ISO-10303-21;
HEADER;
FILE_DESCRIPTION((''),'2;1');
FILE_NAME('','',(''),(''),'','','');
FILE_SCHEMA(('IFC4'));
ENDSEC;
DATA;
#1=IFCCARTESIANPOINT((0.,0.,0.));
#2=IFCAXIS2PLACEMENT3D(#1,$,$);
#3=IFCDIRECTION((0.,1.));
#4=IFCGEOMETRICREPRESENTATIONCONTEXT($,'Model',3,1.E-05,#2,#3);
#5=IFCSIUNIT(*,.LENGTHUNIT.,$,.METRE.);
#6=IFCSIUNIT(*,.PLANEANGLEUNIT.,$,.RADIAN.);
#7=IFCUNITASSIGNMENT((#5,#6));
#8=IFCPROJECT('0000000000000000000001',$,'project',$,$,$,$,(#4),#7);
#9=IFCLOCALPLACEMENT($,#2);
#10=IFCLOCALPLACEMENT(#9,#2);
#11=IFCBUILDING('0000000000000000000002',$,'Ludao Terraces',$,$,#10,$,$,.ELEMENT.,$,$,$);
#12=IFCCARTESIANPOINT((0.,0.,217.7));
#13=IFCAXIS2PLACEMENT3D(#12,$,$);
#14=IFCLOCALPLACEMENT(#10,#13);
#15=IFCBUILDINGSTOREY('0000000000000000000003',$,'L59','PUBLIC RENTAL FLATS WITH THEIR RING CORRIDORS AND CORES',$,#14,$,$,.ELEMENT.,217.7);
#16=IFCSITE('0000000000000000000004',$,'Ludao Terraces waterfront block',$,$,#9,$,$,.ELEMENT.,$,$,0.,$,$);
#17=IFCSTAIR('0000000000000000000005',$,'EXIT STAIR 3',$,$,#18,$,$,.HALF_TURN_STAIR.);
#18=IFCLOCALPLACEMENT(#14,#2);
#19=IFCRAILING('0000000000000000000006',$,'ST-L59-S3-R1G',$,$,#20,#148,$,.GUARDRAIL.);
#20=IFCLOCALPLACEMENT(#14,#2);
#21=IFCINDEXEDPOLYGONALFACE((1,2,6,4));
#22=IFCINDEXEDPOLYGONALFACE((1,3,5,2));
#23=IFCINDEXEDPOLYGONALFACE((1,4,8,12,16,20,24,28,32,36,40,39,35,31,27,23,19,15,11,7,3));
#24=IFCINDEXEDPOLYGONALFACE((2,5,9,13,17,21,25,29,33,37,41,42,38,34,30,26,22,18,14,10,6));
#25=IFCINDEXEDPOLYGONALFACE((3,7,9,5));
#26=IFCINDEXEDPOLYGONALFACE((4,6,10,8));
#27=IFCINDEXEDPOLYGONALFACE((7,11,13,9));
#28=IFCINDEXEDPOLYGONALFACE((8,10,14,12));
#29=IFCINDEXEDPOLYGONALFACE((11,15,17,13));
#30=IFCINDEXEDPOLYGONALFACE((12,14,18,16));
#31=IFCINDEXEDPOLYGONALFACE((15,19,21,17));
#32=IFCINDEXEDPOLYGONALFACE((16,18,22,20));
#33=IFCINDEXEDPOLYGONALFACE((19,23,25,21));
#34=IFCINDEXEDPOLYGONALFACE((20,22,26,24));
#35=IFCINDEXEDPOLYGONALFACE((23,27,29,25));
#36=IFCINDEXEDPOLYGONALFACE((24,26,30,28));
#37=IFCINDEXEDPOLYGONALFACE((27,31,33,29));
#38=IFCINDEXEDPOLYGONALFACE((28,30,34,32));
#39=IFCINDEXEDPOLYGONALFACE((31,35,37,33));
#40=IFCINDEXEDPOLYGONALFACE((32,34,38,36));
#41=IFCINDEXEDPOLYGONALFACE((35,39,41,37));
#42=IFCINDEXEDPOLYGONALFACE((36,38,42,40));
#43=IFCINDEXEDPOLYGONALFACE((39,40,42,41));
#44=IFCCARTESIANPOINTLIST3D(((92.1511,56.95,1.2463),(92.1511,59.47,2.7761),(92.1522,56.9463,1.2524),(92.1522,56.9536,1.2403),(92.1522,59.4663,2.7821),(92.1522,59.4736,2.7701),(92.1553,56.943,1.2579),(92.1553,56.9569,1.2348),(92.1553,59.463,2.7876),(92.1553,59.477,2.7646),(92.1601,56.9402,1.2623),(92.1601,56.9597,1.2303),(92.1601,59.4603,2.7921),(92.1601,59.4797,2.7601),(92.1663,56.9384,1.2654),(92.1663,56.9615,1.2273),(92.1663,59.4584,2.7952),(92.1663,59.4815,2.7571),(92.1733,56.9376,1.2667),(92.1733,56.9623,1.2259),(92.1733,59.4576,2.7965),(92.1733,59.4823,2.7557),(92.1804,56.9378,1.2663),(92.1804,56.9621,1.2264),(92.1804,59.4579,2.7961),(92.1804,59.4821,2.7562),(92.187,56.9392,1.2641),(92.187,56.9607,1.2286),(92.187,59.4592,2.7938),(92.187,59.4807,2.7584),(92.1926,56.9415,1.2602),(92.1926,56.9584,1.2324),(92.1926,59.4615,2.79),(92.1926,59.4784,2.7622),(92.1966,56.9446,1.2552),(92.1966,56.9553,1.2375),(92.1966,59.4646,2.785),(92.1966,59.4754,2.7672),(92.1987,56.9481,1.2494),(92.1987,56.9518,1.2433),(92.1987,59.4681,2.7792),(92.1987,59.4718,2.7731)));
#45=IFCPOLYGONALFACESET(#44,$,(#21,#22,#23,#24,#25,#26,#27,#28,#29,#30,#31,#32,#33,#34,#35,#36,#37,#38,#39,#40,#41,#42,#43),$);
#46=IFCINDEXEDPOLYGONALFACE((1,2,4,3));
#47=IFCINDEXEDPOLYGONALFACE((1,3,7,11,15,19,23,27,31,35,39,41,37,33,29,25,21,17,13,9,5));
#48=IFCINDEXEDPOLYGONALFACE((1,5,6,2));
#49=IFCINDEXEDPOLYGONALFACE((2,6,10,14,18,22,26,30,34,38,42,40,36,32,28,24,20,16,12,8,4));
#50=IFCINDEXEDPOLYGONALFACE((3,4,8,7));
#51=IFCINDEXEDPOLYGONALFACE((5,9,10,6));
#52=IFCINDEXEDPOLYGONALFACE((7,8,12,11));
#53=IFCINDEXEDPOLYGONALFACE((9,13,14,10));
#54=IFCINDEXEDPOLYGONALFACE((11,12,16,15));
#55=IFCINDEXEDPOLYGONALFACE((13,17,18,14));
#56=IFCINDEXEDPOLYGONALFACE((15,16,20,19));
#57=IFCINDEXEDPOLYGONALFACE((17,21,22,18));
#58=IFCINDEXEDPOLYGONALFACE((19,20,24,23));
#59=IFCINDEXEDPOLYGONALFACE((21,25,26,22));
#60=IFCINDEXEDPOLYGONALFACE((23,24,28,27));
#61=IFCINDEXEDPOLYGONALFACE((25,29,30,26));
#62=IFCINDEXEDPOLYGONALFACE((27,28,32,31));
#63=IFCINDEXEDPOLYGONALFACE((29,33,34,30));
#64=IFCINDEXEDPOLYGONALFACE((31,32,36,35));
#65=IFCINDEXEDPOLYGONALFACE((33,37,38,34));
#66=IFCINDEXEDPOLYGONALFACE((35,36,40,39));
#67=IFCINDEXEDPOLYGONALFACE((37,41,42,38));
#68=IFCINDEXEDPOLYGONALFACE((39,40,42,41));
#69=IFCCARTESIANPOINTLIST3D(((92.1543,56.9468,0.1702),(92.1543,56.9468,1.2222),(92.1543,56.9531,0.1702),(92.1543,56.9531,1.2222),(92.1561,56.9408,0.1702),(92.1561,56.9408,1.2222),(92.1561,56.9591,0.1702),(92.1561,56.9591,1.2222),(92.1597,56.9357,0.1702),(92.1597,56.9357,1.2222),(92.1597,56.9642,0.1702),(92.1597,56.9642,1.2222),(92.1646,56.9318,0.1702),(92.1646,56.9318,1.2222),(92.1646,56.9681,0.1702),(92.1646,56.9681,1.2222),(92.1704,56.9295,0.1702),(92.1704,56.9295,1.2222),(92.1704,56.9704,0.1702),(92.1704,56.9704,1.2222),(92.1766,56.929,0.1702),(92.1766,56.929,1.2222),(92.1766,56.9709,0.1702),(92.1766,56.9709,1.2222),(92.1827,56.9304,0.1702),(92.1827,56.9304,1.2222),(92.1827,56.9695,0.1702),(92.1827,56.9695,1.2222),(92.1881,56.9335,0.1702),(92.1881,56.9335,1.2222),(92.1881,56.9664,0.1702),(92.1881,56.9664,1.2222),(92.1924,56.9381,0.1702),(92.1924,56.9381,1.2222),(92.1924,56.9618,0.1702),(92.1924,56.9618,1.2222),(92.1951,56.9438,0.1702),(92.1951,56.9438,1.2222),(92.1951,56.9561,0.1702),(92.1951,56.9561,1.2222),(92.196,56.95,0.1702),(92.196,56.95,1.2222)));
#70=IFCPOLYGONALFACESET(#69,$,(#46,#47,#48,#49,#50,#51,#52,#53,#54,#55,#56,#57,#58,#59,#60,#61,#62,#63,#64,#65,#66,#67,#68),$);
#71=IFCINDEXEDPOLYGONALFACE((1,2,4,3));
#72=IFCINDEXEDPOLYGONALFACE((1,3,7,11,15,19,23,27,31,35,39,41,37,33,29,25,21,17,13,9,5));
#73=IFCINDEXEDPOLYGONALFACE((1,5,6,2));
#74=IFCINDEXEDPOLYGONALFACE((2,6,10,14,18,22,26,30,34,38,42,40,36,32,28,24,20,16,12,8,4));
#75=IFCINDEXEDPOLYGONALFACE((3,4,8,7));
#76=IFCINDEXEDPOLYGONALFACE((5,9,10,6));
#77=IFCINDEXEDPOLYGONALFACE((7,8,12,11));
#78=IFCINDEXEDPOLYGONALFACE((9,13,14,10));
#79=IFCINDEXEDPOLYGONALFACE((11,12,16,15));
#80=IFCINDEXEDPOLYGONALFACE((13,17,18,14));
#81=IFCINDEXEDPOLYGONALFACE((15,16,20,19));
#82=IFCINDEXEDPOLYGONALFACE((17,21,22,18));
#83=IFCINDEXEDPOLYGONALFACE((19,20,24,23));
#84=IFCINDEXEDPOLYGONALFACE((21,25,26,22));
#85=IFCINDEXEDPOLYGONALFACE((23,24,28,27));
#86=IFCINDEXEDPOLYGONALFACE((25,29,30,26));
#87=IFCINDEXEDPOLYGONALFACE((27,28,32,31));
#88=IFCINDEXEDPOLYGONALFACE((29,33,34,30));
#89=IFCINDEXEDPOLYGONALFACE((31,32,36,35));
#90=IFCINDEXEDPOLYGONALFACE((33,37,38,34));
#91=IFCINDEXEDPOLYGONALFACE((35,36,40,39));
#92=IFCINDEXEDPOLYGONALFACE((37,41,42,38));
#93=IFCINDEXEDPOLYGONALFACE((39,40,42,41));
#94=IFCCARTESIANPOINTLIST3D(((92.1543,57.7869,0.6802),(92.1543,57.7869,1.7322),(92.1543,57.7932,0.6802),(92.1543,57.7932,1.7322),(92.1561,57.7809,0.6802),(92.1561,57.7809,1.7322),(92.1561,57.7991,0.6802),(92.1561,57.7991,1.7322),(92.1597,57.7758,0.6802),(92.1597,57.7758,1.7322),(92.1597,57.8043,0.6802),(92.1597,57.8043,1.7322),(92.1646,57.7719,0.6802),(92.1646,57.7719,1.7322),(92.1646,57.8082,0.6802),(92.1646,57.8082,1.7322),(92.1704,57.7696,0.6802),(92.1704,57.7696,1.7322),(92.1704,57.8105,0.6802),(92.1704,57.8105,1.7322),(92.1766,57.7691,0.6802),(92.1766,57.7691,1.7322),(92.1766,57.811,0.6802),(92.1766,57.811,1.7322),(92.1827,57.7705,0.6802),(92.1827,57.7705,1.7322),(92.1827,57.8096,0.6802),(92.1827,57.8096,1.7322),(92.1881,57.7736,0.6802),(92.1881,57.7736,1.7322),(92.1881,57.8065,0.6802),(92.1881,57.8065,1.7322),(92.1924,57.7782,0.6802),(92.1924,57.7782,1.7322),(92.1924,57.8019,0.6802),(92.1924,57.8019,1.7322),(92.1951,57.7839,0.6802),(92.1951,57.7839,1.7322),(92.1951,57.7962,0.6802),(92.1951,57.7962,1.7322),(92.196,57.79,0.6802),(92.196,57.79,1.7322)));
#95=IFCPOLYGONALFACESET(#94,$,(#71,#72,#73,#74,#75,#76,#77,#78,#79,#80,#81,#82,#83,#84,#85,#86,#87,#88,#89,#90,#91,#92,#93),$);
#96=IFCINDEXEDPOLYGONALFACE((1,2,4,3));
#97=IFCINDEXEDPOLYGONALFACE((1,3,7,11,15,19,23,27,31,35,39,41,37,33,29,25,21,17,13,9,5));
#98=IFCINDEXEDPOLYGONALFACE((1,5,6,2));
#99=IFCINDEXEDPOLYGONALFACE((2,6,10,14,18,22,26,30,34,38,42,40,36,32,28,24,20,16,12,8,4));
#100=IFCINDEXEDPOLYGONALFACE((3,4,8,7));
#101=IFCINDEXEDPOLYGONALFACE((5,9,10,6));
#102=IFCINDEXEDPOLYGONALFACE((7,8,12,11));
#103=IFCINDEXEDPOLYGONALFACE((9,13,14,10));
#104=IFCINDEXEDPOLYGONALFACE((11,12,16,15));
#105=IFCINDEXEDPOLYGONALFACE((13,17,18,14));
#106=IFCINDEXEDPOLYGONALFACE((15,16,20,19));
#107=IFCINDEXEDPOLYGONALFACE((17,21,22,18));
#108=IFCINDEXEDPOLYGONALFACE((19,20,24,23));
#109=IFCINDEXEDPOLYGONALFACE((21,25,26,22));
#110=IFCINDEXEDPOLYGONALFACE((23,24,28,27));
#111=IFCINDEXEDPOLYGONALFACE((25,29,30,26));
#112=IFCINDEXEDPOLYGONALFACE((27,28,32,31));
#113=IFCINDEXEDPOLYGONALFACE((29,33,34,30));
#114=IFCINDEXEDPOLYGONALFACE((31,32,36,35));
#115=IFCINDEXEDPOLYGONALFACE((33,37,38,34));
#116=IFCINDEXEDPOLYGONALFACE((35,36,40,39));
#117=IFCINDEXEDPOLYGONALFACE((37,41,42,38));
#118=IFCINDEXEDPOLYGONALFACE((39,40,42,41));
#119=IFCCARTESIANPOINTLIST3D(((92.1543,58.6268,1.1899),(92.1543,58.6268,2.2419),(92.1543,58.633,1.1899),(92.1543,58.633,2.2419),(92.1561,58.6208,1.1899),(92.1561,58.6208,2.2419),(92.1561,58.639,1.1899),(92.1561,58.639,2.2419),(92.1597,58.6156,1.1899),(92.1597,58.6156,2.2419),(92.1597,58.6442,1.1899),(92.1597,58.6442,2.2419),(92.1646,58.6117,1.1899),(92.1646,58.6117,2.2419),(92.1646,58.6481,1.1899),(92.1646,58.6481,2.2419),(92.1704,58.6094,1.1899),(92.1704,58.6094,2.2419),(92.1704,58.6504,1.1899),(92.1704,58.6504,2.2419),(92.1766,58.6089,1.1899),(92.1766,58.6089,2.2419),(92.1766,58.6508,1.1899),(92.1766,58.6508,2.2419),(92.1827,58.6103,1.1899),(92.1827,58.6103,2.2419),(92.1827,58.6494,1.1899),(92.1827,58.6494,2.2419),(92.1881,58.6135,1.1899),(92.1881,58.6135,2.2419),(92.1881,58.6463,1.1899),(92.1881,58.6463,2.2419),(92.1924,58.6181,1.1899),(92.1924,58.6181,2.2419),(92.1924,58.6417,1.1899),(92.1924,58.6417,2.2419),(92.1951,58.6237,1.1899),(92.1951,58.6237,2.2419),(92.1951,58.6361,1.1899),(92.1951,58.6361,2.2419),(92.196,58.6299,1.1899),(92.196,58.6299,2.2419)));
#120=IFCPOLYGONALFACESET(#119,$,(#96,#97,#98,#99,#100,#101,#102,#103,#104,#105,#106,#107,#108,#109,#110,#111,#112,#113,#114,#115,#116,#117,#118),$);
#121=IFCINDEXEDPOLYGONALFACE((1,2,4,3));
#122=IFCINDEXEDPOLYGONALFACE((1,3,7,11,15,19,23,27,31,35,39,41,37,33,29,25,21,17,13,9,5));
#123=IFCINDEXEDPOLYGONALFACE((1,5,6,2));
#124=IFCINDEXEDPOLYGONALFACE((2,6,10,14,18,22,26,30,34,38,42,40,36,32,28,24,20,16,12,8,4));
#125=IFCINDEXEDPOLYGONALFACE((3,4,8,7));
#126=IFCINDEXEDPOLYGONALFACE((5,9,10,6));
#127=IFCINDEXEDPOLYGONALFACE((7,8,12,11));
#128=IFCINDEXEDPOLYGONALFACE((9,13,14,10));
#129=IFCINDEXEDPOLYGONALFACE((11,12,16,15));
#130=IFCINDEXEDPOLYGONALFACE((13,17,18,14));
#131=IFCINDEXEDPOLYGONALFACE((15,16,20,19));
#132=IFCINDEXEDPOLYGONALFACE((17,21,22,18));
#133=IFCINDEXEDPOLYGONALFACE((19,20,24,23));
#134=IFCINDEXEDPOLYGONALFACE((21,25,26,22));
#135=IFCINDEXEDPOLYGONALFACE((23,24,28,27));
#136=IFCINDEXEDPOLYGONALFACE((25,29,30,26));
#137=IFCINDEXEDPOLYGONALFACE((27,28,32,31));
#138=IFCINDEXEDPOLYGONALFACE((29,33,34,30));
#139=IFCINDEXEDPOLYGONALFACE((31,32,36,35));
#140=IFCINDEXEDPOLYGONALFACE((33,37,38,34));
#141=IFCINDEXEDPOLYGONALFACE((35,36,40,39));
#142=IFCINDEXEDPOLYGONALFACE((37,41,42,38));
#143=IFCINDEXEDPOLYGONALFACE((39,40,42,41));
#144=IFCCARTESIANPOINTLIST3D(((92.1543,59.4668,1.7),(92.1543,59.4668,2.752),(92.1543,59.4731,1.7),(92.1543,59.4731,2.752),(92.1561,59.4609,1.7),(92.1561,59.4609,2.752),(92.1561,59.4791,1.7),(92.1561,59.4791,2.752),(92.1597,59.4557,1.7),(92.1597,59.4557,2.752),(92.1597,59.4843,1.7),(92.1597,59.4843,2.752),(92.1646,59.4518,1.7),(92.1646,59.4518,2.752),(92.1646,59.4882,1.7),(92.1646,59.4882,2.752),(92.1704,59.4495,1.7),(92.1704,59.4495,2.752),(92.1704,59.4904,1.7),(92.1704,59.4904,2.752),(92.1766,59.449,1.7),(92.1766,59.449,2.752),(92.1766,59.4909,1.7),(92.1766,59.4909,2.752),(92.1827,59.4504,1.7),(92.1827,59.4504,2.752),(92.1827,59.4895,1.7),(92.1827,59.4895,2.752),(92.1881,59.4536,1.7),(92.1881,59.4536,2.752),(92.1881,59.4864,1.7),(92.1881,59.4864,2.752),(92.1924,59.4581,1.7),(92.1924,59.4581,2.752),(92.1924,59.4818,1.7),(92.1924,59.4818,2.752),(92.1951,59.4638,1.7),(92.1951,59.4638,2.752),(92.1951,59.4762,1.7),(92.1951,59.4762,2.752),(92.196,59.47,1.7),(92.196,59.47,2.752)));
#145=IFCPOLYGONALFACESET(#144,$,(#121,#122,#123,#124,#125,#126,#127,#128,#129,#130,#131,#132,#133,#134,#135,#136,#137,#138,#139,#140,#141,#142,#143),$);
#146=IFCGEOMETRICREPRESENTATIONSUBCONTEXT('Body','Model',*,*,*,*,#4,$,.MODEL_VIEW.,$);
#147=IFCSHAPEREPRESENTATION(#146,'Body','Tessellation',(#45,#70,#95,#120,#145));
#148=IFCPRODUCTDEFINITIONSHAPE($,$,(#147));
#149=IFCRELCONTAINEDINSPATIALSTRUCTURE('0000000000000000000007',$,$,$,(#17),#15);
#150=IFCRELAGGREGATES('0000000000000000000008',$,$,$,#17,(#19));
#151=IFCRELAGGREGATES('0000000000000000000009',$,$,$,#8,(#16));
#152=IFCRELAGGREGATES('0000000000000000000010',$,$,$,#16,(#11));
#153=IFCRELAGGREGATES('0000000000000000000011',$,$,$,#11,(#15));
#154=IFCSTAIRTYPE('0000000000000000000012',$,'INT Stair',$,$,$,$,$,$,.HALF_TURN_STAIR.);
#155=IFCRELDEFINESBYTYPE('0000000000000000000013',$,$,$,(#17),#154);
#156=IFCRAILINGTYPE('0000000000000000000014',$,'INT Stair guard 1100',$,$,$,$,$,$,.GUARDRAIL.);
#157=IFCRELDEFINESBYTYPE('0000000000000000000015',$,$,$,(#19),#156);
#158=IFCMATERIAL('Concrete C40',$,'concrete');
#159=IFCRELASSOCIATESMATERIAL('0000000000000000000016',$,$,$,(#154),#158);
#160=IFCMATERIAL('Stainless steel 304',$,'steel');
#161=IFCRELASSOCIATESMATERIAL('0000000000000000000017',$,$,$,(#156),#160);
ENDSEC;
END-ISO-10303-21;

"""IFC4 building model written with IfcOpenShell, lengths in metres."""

from ifc_helpers import new_model, si_unit, direction, frame, origin, origin_2d, place, context, subcontext, project, spatial, circle, extrude, material, type_object, element, aggregate, save


model = new_model("IFC4")

# Units and contexts
model_context = context("Model", 3, precision=1e-05, world=origin(), true_north=direction((0.0, 1.0)))
body_context = subcontext(model_context, "Body", "Model", "MODEL_VIEW")
ifc_project = project(units=[si_unit("LENGTHUNIT", "METRE"), si_unit("PLANEANGLEUNIT", "RADIAN")], contexts=[model_context])

# Site, building, storey
site_placement = place(None, origin())
site = spatial("IfcSite", under=ifc_project, at=site_placement, Name="Ludao Terraces waterfront block", CompositionType="ELEMENT", RefElevation=0.0)
building_placement = place(site_placement, origin())
building = spatial("IfcBuilding", under=site, at=building_placement, Name="Ludao Terraces", CompositionType="ELEMENT")
storey_placement = place(building_placement, frame((0.0, 0.0, 217.7)))
storey = spatial("IfcBuildingStorey", under=building, at=storey_placement, Name="L59", Description="PUBLIC RENTAL FLATS WITH THEIR RING CORRIDORS AND CORES", CompositionType="ELEMENT", Elevation=217.7)

# Shared definitions
ifc_material_1 = material(Name="Concrete C40", Category="concrete")

# Stair, railing
stair_type = type_object("IfcStairType", Name="INT Stair", PredefinedType="HALF_TURN_STAIR", material=ifc_material_1)
stair_placement = place(storey_placement, origin())
stair = element("IfcStair", 1, at=stair_placement, inside=storey, type_object=stair_type, Name="EXIT STAIR 3", PredefinedType="HALF_TURN_STAIR")
ifc_material_2 = material(Name="Stainless steel 304", Category="steel")
railing_type_1 = type_object("IfcRailingType", Name="INT Stair guard 1100", PredefinedType="GUARDRAIL", material=ifc_material_2)
railing_1_placement = place(storey_placement, frame((92.175, 56.95, 0.1702)))
railing_1 = element("IfcRailing", 2, at=railing_1_placement, type_object=railing_type_1, Name="ST-L59-S3-R1G", PredefinedType="GUARDRAIL", context=body_context, shape_type="SweptSolid", body=[
    extrude(circle(Radius=0.0239, at=origin_2d()), frame((0.0, 0.0, 1.0762), z_axis=(0.0, 0.854822, 0.518922), x_axis=(-1.0, 0.0, 0.0)), (0.0, 0.0, 1.0), 2.948),
    extrude(circle(Radius=0.021, at=origin_2d()), origin(), (0.0, 0.0, 1.0), 1.052),
    extrude(circle(Radius=0.021, at=origin_2d()), frame((0.0, 0.8401, 0.51)), (0.0, 0.0, 1.0), 1.052),
    extrude(circle(Radius=0.021, at=origin_2d()), frame((0.0, 1.6799, 1.0198)), (0.0, 0.0, 1.0), 1.052),
    extrude(circle(Radius=0.021, at=origin_2d()), frame((0.0, 2.52, 1.5298)), (0.0, 0.0, 1.0), 1.052),
])
aggregate(stair, [railing_1])

save(model, "model.ifc")
